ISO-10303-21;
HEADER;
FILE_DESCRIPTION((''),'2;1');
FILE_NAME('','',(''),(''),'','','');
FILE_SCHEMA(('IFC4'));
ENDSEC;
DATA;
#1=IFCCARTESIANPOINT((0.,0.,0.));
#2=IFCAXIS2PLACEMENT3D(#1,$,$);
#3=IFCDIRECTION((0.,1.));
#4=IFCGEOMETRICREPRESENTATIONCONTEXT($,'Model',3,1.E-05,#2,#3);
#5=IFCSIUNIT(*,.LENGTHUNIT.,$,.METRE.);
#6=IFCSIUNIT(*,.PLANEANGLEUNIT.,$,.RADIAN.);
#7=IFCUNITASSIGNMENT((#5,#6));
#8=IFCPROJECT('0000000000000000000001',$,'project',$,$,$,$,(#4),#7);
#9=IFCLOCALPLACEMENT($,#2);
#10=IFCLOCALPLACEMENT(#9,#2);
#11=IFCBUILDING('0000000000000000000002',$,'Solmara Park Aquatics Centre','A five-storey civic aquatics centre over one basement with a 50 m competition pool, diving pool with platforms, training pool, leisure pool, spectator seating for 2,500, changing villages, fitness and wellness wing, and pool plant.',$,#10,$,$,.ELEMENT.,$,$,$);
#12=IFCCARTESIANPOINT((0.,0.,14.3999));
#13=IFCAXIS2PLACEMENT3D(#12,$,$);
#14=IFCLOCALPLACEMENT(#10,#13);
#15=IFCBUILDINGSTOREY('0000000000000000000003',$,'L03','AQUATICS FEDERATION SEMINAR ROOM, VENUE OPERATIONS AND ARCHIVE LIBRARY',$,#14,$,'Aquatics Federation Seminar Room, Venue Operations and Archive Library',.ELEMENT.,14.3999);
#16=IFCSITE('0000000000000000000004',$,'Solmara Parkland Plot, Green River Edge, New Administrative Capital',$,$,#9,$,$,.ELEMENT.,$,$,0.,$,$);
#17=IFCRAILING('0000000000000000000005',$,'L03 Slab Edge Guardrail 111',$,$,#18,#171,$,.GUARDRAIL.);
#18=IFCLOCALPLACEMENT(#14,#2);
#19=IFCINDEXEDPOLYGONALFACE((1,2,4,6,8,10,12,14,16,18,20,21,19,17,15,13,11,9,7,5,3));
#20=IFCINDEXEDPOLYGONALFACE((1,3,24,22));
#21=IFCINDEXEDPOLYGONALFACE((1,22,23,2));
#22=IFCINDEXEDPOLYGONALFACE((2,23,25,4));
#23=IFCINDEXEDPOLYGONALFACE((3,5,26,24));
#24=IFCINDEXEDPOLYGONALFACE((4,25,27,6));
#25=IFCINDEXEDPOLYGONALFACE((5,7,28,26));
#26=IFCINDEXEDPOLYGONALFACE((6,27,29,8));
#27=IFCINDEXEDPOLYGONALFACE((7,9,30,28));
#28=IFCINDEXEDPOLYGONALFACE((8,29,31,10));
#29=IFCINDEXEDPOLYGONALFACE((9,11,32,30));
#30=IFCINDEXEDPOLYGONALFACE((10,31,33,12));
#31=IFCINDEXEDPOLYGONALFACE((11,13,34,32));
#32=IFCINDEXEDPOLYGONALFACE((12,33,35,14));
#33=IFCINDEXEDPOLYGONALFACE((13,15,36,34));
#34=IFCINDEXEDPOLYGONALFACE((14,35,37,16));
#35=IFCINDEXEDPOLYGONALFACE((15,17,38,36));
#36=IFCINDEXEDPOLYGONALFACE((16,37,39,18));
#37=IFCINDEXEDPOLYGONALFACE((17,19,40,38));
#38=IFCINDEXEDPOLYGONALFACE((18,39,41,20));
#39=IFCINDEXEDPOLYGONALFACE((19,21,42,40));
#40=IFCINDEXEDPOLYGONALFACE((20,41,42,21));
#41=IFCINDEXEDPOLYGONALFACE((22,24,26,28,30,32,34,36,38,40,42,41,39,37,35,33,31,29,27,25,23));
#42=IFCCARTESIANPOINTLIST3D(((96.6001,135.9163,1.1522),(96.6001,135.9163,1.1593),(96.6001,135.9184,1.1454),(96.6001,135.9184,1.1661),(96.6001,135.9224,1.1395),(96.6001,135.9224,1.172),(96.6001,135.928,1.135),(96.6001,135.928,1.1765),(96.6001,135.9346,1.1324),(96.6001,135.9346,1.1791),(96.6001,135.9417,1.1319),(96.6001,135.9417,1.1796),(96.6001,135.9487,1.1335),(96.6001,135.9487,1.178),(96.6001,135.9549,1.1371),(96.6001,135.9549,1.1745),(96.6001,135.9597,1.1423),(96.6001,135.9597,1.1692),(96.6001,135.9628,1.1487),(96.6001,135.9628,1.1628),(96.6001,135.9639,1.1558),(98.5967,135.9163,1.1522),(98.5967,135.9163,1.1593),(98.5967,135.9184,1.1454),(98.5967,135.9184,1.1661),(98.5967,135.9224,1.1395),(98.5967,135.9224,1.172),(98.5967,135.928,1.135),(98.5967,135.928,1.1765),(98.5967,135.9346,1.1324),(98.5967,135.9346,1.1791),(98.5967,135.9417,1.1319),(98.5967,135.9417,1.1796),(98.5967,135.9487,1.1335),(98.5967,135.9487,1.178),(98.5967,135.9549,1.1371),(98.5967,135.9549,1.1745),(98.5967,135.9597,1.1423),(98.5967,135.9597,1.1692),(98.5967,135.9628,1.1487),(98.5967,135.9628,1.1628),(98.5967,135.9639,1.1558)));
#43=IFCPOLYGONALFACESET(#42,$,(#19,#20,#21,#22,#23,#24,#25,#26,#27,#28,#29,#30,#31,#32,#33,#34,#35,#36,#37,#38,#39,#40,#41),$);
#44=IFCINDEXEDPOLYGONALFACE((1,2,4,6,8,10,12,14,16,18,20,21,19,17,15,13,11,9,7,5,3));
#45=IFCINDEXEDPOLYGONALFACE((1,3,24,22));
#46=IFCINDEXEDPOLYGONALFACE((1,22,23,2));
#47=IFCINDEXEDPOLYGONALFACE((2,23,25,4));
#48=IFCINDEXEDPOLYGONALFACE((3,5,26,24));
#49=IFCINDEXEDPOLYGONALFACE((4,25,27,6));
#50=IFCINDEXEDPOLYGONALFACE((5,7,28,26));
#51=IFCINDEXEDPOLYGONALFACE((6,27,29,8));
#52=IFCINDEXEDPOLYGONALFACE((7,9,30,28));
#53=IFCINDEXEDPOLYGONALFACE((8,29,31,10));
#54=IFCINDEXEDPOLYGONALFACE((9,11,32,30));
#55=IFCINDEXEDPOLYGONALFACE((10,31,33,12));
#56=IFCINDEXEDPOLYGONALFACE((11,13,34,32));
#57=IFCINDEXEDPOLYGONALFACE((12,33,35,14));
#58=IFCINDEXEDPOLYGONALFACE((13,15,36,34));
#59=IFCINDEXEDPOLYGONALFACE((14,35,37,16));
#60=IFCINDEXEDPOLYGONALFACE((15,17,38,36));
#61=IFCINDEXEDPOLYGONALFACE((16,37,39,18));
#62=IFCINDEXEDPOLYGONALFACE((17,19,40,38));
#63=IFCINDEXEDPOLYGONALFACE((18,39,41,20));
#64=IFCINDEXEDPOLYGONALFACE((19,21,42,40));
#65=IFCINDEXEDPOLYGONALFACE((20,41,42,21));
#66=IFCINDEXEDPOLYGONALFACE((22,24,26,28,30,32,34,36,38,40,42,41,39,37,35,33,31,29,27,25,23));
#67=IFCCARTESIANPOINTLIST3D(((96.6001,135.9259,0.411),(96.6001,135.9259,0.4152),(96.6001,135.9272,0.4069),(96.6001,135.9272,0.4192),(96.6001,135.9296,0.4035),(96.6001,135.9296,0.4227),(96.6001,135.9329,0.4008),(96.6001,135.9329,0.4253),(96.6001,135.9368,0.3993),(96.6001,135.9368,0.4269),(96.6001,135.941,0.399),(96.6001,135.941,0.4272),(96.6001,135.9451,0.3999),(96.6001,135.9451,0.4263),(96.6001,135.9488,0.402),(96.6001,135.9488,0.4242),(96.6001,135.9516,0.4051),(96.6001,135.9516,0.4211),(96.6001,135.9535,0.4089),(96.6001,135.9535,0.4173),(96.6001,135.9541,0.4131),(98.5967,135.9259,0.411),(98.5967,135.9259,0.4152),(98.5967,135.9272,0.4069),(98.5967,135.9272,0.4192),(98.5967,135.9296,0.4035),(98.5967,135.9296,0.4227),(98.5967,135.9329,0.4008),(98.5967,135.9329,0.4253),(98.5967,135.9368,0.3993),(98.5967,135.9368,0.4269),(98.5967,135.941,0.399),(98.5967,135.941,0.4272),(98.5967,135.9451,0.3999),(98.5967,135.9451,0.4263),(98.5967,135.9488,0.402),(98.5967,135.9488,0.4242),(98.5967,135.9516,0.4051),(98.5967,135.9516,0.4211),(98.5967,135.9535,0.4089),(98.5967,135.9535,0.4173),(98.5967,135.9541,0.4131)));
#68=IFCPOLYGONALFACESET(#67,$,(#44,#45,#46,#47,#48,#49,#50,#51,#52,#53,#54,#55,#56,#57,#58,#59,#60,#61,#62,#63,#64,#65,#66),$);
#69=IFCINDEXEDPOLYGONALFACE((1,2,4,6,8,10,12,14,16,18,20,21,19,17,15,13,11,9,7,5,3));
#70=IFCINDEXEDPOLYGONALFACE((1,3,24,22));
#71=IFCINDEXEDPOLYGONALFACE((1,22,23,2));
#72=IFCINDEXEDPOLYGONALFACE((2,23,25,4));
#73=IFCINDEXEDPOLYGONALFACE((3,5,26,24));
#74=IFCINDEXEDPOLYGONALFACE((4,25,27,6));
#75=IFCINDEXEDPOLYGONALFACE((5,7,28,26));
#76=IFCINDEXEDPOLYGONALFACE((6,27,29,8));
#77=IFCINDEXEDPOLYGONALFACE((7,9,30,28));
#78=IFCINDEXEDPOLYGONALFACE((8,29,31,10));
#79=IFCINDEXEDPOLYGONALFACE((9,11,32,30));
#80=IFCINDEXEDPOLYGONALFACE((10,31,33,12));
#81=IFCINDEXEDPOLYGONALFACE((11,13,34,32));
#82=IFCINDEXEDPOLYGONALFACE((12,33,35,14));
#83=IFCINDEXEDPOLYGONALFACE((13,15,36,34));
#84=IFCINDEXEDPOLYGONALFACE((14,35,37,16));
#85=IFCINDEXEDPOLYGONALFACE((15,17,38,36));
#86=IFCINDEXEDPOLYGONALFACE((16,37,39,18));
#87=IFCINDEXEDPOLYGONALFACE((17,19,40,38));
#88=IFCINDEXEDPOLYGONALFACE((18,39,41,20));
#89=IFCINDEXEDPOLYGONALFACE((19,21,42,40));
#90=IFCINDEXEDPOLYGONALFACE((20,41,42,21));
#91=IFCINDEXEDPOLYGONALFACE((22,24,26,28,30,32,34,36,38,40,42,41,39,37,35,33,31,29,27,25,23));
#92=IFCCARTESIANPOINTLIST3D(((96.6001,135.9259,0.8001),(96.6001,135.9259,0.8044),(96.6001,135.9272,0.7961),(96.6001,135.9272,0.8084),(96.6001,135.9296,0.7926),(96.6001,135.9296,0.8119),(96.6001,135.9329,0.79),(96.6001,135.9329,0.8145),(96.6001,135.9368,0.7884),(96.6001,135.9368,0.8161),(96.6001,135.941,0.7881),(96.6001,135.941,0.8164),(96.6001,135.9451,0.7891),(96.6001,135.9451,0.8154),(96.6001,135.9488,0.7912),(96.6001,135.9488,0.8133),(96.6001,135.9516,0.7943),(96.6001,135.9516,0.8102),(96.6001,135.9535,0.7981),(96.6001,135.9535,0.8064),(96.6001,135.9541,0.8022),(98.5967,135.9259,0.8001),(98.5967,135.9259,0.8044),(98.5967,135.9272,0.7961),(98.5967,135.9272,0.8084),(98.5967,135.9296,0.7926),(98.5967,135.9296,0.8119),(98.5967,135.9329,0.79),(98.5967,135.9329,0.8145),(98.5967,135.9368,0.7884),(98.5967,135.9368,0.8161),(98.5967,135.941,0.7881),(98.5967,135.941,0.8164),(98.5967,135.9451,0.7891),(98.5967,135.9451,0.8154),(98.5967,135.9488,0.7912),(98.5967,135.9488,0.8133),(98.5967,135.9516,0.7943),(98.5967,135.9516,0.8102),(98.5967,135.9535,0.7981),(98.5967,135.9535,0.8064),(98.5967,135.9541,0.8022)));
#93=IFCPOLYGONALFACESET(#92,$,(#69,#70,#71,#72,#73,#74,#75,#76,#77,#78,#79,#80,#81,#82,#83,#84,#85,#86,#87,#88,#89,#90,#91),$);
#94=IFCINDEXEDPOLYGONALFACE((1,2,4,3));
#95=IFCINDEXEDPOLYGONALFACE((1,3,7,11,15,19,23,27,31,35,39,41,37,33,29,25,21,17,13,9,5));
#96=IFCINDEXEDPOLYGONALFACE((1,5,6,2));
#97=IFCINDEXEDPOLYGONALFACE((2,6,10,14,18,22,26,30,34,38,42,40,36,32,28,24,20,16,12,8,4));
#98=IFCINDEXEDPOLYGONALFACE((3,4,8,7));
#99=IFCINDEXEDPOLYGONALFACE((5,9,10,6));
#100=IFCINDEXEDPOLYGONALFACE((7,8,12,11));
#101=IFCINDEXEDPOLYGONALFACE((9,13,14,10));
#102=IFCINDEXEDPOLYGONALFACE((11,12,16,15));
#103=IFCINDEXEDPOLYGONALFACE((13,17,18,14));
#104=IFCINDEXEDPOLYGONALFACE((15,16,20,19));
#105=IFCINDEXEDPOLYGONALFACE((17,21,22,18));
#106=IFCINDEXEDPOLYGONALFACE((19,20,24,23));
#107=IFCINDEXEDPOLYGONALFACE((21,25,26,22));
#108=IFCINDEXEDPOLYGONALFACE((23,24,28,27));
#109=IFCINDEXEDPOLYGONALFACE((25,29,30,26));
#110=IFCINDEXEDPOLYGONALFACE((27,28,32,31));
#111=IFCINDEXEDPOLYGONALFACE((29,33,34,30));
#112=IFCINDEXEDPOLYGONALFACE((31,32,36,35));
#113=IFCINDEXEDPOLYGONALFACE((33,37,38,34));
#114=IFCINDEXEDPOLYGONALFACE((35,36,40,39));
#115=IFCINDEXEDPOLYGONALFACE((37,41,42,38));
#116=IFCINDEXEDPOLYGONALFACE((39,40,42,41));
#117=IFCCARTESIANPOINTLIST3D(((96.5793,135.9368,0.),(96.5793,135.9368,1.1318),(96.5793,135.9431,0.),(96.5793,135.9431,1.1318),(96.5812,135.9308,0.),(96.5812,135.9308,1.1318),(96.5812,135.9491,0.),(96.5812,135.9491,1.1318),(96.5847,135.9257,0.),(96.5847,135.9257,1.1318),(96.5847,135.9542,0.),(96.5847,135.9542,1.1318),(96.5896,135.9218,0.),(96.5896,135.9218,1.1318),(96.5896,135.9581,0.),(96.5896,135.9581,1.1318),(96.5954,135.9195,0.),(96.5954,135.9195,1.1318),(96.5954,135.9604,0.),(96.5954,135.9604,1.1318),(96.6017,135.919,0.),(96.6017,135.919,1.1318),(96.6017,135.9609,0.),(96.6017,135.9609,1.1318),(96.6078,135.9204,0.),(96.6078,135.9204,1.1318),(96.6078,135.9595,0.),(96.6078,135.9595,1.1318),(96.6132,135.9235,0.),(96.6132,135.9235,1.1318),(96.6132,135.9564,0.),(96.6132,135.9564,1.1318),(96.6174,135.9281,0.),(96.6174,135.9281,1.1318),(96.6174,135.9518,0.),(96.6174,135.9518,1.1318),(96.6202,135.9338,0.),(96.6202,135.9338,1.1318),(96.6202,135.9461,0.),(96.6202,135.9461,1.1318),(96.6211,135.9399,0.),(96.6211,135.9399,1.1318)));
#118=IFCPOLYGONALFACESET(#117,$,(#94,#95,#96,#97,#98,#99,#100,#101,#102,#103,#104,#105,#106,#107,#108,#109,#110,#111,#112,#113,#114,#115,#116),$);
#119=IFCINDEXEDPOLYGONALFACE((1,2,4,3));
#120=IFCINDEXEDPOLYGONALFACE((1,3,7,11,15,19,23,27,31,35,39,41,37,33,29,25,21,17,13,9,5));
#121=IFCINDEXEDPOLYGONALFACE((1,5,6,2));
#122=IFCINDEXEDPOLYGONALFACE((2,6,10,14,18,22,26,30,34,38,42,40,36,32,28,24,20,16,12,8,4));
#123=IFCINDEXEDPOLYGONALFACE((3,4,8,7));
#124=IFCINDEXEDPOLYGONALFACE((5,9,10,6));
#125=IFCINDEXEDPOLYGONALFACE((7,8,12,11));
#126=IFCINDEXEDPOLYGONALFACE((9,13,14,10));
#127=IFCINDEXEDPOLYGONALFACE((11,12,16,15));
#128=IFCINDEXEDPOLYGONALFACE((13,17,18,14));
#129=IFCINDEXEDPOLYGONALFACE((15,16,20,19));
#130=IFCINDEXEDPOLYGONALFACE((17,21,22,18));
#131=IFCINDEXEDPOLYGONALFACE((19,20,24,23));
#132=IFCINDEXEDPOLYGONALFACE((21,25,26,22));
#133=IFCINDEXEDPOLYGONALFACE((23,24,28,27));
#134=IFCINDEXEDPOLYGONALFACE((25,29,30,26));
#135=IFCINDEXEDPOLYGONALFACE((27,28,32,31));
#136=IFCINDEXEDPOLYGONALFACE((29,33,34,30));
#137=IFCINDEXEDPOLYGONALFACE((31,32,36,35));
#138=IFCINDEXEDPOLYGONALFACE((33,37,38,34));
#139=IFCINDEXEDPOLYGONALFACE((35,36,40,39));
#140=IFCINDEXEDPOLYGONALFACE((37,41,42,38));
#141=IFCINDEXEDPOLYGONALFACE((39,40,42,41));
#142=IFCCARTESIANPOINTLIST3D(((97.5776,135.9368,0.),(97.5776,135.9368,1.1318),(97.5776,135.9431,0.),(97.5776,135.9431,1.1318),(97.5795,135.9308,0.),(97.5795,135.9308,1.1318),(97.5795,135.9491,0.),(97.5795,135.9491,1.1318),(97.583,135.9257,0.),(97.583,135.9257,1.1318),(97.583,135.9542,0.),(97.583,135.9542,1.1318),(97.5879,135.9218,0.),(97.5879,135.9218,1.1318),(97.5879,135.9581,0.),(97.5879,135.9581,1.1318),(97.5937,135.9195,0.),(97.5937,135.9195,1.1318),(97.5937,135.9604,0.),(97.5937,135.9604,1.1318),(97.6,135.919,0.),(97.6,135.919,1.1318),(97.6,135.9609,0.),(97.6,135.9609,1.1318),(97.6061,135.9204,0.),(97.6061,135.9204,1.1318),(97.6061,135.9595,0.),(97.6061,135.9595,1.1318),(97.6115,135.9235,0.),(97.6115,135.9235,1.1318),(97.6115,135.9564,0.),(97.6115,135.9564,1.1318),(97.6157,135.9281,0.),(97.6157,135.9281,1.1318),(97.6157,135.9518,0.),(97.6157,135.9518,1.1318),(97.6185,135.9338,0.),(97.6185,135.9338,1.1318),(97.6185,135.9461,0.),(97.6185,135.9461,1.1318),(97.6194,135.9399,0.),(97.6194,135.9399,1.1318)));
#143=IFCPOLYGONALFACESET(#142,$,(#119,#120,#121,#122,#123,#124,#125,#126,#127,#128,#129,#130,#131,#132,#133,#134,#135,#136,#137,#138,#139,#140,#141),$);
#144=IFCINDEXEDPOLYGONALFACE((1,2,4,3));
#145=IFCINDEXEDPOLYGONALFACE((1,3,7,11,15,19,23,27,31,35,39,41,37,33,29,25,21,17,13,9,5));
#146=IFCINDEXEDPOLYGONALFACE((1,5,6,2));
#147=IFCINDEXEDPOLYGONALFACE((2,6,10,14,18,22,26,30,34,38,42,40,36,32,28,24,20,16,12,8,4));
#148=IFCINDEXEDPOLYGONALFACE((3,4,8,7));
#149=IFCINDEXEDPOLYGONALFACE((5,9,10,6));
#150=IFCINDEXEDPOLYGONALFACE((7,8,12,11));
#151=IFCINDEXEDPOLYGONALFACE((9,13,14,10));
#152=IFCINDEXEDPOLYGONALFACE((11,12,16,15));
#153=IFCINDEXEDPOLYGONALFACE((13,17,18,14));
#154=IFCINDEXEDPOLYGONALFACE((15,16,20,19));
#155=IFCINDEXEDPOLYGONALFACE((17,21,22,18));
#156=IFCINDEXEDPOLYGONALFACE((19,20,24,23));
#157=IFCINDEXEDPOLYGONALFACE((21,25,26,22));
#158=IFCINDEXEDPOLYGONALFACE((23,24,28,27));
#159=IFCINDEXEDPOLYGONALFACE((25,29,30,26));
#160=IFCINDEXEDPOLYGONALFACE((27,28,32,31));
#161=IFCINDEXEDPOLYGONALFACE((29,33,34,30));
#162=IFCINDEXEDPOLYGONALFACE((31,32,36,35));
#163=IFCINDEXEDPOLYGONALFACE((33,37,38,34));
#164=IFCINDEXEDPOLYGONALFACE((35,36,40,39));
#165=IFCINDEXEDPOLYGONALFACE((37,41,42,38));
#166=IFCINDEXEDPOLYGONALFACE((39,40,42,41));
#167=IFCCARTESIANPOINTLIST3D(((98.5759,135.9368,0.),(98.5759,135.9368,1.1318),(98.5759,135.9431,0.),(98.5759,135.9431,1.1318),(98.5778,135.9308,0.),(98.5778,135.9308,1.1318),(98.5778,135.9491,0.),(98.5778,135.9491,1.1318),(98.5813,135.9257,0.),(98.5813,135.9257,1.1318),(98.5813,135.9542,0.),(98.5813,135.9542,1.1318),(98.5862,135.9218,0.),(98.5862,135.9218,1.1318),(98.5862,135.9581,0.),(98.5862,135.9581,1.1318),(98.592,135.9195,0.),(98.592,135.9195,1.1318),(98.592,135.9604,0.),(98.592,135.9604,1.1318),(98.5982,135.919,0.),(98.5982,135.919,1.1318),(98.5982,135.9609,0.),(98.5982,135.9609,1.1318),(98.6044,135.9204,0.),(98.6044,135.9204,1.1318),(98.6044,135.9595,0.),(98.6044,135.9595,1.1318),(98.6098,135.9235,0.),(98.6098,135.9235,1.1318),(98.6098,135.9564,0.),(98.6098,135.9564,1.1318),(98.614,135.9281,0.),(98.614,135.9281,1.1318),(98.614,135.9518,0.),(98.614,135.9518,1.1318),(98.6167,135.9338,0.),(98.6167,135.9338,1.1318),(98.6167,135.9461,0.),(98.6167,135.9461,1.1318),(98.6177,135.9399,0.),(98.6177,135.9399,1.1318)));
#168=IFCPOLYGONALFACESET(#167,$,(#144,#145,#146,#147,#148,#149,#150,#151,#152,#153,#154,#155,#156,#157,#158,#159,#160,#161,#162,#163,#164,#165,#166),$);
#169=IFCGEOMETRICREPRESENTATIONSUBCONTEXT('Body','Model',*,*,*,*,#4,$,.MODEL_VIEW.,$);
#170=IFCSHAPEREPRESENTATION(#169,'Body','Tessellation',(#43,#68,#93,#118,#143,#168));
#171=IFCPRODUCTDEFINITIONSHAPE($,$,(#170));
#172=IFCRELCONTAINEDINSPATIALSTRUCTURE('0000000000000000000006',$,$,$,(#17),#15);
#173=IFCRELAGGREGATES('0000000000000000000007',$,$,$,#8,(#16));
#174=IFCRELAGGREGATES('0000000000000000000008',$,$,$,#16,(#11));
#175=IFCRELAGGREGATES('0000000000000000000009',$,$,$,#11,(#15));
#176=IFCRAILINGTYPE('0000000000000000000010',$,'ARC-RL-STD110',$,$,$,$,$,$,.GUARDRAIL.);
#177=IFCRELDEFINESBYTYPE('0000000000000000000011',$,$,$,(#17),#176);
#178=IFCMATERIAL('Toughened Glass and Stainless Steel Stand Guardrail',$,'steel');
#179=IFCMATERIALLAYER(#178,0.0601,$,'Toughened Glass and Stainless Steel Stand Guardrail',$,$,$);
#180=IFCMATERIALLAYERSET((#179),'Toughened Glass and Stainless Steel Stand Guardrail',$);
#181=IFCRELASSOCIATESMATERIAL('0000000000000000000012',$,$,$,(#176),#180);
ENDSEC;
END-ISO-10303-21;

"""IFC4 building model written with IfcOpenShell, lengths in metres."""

from ifc_helpers import new_model, si_unit, direction, frame, origin, origin_2d, place, context, subcontext, project, spatial, circle, extrude, material, layer, layer_set, type_object, element, save


model = new_model("IFC4")

# Units and contexts
model_context = context("Model", 3, precision=1e-05, world=origin(), true_north=direction((0.0, 1.0)))
body_context = subcontext(model_context, "Body", "Model", "MODEL_VIEW")
ifc_project = project(units=[si_unit("LENGTHUNIT", "METRE"), si_unit("PLANEANGLEUNIT", "RADIAN")], contexts=[model_context])

# Site, building, storey
site_placement = place(None, origin())
site = spatial("IfcSite", under=ifc_project, at=site_placement, Name="Solmara Parkland Plot, Green River Edge, New Administrative Capital", CompositionType="ELEMENT", RefElevation=0.0)
building_placement = place(site_placement, origin())
building = spatial("IfcBuilding", under=site, at=building_placement, Name="Solmara Park Aquatics Centre", Description="A five-storey civic aquatics centre over one basement with a 50 m competition pool, diving pool with platforms, training pool, leisure pool, spectator seating for 2,500, changing villages, fitness and wellness wing, and pool plant.", CompositionType="ELEMENT")
storey_placement = place(building_placement, frame((0.0, 0.0, 14.3999)))
storey = spatial("IfcBuildingStorey", under=building, at=storey_placement, Name="L03", Description="AQUATICS FEDERATION SEMINAR ROOM, VENUE OPERATIONS AND ARCHIVE LIBRARY", LongName="Aquatics Federation Seminar Room, Venue Operations and Archive Library", CompositionType="ELEMENT", Elevation=14.3999)

# Railing
ifc_material_1 = material(Name="Toughened Glass and Stainless Steel Stand Guardrail", Category="steel")
ifc_layer_1 = layer(ifc_material_1, 0.0601, Name="Toughened Glass and Stainless Steel Stand Guardrail")
ifc_layer_set_1 = layer_set([ifc_layer_1], Name="Toughened Glass and Stainless Steel Stand Guardrail")
railing_type = type_object("IfcRailingType", Name="ARC-RL-STD110", PredefinedType="GUARDRAIL", material=ifc_layer_set_1)
railing_1_placement = place(storey_placement, frame((96.6001, 135.9399, 0.0)))
element("IfcRailing", 1, at=railing_1_placement, inside=storey, type_object=railing_type, Name="L03 Slab Edge Guardrail 111", PredefinedType="GUARDRAIL", context=body_context, shape_type="SweptSolid", body=[
    extrude(circle(Radius=0.0239, at=origin_2d()), frame((0.0, 0.0, 1.1558), z_axis=(1.0, 0.0, 0.0), x_axis=(0.0, 1.0, 0.0)), (0.0, 0.0, 1.0), 1.9966),
    extrude(circle(Radius=0.0142, at=origin_2d()), frame((0.0, 0.0, 0.4131), z_axis=(1.0, 0.0, 0.0), x_axis=(0.0, 1.0, 0.0)), (0.0, 0.0, 1.0), 1.9966),
    extrude(circle(Radius=0.0142, at=origin_2d()), frame((0.0, 0.0, 0.8022), z_axis=(1.0, 0.0, 0.0), x_axis=(0.0, 1.0, 0.0)), (0.0, 0.0, 1.0), 1.9966),
    extrude(circle(Radius=0.021, at=origin_2d()), origin(), (0.0, 0.0, 1.0), 1.1318),
    extrude(circle(Radius=0.021, at=origin_2d()), frame((0.9983, 0.0, 0.0)), (0.0, 0.0, 1.0), 1.1318),
    extrude(circle(Radius=0.021, at=origin_2d()), frame((1.9966, 0.0, 0.0)), (0.0, 0.0, 1.0), 1.1318),
])

save(model, "model.ifc")
